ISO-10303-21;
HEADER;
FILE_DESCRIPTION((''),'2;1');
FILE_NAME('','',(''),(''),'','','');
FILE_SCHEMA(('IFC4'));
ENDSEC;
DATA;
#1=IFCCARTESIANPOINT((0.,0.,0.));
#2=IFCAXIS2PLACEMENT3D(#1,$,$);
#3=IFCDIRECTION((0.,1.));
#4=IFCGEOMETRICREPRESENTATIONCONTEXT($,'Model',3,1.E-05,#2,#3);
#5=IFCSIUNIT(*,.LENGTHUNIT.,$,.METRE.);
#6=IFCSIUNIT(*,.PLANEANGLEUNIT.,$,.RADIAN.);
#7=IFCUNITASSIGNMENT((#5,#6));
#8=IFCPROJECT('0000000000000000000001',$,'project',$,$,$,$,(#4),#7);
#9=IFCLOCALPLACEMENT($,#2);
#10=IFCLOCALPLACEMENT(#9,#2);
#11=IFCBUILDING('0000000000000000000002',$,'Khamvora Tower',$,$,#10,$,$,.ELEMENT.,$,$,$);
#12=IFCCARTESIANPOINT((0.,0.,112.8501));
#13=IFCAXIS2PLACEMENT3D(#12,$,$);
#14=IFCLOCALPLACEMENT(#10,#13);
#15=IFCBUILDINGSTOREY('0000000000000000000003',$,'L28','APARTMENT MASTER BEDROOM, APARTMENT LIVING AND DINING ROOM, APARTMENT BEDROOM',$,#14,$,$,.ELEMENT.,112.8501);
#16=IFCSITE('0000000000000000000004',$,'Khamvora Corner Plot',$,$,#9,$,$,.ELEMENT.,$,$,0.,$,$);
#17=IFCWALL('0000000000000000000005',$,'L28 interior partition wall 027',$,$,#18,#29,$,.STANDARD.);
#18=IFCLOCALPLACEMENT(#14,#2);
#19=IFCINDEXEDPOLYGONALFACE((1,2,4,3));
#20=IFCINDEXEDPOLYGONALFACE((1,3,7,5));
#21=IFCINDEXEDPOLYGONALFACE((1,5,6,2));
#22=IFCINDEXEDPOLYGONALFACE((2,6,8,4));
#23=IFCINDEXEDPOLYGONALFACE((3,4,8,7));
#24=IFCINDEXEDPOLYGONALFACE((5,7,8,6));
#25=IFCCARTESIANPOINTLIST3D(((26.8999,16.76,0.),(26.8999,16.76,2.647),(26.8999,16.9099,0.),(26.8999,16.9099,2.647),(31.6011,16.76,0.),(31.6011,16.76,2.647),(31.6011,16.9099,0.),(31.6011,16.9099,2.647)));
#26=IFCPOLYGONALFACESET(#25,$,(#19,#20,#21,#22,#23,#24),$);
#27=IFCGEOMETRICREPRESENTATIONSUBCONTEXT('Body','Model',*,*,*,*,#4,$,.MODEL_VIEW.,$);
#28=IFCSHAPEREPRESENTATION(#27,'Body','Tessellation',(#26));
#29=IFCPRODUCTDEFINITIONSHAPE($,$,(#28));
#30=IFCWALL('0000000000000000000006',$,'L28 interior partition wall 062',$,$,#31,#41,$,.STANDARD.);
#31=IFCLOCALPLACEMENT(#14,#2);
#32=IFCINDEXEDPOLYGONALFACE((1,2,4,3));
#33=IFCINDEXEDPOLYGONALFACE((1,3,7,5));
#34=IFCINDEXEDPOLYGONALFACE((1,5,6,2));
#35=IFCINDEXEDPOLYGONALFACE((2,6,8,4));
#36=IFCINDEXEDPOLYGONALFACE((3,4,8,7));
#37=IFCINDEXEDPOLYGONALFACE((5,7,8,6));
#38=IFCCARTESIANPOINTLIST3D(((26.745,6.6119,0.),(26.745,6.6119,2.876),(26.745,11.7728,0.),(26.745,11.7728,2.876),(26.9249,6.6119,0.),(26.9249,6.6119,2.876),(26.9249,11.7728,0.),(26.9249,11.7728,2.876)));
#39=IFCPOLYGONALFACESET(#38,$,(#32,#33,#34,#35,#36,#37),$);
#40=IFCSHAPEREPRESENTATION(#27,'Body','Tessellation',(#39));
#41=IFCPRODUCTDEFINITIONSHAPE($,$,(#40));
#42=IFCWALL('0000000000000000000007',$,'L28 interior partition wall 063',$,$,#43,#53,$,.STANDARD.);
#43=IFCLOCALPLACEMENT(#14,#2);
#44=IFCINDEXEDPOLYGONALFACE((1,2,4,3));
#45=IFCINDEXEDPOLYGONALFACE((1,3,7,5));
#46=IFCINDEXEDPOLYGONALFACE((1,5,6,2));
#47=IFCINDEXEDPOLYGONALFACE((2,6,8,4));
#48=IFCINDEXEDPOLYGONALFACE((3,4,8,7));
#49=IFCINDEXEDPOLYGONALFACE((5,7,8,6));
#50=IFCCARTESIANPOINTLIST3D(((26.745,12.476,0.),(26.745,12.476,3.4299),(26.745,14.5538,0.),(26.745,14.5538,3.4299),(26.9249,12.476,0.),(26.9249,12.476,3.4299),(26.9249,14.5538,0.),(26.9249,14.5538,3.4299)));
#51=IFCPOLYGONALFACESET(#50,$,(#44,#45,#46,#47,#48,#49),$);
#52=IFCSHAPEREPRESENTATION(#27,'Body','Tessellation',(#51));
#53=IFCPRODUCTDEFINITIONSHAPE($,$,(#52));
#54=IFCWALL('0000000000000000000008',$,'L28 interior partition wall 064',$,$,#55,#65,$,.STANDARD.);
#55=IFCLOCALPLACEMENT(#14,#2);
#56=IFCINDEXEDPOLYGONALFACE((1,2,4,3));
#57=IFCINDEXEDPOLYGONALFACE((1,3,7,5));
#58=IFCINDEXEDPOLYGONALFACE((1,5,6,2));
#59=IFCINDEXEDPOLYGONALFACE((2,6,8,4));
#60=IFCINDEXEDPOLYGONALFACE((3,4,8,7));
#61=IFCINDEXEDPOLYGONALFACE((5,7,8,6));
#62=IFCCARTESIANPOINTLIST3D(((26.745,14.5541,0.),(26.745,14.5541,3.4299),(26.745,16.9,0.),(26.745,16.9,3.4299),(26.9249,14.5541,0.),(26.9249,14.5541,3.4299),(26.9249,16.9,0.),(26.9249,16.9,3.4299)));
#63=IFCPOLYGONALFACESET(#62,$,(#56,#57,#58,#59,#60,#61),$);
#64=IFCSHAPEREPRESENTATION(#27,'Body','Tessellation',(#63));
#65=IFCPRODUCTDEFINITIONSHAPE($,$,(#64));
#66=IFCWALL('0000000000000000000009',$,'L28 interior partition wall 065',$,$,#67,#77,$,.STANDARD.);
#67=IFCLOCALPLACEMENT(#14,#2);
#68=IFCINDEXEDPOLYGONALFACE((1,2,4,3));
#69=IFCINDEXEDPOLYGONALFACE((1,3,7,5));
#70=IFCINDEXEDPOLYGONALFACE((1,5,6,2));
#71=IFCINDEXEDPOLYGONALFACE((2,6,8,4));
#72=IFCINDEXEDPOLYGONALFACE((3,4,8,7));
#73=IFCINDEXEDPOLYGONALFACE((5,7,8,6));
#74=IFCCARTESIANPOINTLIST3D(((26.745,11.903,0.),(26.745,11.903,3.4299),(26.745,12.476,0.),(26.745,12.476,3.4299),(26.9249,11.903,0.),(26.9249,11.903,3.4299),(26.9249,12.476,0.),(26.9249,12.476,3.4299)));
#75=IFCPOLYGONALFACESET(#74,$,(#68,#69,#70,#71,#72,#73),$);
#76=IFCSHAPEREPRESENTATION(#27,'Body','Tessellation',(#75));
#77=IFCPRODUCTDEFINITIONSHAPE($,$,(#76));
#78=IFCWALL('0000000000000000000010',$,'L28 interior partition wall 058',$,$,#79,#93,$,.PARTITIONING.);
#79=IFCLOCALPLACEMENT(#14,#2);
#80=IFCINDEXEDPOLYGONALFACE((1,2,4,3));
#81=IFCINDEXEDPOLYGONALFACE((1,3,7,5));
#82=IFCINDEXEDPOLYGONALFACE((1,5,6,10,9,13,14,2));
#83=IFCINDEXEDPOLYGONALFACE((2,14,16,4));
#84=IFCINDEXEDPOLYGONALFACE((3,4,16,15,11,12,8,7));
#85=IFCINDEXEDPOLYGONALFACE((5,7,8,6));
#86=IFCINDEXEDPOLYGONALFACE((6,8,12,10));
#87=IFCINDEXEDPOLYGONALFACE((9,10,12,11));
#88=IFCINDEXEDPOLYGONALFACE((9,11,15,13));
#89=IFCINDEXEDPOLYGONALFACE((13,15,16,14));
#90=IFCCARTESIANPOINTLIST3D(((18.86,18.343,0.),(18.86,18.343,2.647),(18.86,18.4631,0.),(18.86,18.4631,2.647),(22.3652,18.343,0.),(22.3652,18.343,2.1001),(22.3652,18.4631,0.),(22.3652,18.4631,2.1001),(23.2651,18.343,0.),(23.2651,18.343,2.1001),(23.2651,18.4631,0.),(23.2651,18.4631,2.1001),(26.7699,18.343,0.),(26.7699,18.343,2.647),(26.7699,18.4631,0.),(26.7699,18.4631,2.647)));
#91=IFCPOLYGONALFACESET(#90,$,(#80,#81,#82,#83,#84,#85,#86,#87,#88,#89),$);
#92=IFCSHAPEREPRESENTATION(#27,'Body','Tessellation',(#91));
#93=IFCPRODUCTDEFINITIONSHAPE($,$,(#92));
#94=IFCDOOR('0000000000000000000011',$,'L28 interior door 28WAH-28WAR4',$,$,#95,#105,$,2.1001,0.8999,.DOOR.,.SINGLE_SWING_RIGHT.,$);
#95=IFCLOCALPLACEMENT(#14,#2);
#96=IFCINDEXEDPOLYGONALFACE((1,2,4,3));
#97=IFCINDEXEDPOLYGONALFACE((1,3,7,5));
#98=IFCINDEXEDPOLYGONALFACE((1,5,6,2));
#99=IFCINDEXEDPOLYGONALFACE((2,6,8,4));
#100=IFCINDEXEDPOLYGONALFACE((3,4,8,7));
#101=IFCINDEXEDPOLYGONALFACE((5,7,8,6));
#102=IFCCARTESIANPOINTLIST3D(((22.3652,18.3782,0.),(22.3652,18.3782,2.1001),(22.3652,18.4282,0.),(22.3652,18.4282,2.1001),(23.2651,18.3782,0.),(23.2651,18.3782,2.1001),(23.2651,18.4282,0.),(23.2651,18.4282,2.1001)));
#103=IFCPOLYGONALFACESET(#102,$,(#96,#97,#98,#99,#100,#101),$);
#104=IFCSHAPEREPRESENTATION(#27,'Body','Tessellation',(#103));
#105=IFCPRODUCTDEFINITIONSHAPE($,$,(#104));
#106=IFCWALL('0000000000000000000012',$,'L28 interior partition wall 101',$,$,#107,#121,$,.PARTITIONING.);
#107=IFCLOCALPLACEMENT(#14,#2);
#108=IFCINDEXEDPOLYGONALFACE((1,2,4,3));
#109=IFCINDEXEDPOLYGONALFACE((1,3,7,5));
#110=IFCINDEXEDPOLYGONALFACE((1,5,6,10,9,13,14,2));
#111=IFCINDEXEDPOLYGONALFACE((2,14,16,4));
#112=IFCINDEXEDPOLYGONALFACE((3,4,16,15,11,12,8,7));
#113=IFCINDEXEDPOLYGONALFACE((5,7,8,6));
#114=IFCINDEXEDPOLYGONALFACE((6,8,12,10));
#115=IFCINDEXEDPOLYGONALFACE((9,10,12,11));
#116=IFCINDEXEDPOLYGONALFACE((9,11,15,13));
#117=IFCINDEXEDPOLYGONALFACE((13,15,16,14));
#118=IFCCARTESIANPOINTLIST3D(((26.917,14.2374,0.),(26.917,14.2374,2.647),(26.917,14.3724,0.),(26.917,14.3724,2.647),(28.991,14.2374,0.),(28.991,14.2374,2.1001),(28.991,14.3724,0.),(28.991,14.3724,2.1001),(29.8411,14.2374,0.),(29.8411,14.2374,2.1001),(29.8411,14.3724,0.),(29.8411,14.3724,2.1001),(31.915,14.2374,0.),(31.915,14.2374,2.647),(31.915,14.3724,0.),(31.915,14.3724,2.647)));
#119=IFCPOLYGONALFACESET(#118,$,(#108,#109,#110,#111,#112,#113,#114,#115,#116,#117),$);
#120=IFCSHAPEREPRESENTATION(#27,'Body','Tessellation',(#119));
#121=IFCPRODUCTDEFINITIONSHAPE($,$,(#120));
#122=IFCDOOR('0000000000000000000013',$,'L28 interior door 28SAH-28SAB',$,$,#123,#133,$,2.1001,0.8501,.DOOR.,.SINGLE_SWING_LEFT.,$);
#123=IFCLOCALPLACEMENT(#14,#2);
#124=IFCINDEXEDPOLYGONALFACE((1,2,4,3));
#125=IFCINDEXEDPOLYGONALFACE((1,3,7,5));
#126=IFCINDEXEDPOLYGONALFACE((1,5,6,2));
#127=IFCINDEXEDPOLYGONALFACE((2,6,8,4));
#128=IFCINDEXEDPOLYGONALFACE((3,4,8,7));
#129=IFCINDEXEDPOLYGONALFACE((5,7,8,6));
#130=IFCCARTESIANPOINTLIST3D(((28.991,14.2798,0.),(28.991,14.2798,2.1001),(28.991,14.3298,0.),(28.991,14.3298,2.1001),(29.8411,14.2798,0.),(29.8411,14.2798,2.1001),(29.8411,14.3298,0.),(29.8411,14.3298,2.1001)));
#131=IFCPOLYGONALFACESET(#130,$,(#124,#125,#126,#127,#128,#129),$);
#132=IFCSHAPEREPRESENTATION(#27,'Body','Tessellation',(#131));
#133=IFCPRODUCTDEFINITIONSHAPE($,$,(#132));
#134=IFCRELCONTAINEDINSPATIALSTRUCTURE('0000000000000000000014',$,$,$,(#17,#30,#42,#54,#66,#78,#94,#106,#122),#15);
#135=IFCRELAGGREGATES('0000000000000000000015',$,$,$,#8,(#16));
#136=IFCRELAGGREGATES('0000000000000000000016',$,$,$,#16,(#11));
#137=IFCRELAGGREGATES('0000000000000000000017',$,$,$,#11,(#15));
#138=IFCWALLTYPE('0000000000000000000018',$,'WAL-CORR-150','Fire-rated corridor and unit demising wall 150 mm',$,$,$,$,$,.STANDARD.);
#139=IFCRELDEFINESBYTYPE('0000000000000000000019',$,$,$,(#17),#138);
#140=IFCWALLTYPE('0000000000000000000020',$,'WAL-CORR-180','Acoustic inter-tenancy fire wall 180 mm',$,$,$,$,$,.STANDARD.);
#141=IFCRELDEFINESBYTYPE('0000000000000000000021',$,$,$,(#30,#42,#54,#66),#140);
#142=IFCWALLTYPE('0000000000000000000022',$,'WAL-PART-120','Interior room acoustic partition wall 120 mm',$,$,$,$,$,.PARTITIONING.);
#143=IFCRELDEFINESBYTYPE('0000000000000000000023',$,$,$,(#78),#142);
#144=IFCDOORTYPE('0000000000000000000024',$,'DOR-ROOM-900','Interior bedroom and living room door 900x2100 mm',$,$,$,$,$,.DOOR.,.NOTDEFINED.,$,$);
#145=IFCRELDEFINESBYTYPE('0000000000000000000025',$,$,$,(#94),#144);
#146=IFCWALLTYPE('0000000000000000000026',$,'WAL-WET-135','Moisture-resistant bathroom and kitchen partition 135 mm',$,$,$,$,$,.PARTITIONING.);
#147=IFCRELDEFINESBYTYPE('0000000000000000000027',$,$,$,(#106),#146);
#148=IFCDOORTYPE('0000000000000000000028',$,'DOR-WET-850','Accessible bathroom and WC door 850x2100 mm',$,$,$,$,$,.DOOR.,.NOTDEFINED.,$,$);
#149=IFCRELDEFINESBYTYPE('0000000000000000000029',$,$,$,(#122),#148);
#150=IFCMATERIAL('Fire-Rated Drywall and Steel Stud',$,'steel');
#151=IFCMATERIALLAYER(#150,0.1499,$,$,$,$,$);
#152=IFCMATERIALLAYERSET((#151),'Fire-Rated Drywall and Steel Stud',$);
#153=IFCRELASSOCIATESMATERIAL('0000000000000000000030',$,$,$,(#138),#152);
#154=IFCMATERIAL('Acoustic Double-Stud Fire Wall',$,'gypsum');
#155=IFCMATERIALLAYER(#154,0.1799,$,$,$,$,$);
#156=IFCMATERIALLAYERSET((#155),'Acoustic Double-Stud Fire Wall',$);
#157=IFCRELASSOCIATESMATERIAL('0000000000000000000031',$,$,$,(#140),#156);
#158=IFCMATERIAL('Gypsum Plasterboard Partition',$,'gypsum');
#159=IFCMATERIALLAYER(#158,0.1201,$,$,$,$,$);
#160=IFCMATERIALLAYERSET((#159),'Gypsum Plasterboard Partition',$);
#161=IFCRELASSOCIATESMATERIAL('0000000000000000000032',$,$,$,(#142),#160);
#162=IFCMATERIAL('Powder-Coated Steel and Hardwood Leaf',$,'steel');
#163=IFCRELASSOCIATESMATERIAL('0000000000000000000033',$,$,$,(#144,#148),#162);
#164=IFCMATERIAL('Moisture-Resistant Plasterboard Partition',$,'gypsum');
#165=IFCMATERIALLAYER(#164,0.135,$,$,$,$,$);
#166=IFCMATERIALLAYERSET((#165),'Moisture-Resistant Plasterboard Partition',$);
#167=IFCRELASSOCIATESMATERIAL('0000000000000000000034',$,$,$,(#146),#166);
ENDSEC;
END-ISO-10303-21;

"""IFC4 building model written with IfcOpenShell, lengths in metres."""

from ifc_helpers import new_model, si_unit, direction, frame, frame_2d, origin, place, context, subcontext, project, spatial, rectangle, extrude, material, layer, layer_set, type_object, element, fill, save


model = new_model("IFC4")

# Units and contexts
model_context = context("Model", 3, precision=1e-05, world=origin(), true_north=direction((0.0, 1.0)))
body_context = subcontext(model_context, "Body", "Model", "MODEL_VIEW")
ifc_project = project(units=[si_unit("LENGTHUNIT", "METRE"), si_unit("PLANEANGLEUNIT", "RADIAN")], contexts=[model_context])

# Site, building, storey
site_placement = place(None, origin())
site = spatial("IfcSite", under=ifc_project, at=site_placement, Name="Khamvora Corner Plot", CompositionType="ELEMENT", RefElevation=0.0)
building_placement = place(site_placement, origin())
building = spatial("IfcBuilding", under=site, at=building_placement, Name="Khamvora Tower", CompositionType="ELEMENT")
storey_placement = place(building_placement, frame((0.0, 0.0, 112.8501)))
storey = spatial("IfcBuildingStorey", under=building, at=storey_placement, Name="L28", Description="APARTMENT MASTER BEDROOM, APARTMENT LIVING AND DINING ROOM, APARTMENT BEDROOM", CompositionType="ELEMENT", Elevation=112.8501)

# Walls
ifc_material_1 = material(Name="Fire-Rated Drywall and Steel Stud", Category="steel")
ifc_layer_1 = layer(ifc_material_1, 0.1499)
ifc_layer_set_1 = layer_set([ifc_layer_1], Name="Fire-Rated Drywall and Steel Stud")
wall_type_1 = type_object("IfcWallType", Name="WAL-CORR-150", Description="Fire-rated corridor and unit demising wall 150 mm", PredefinedType="STANDARD", material=ifc_layer_set_1)
wall_1_placement = place(storey_placement, frame((31.6011, 16.835, 0.0), z_axis=(0.0, 0.0, 1.0), x_axis=(-1.0, 0.0, 0.0)))
element("IfcWall", 1, at=wall_1_placement, inside=storey, type_object=wall_type_1, Name="L28 interior partition wall 027", PredefinedType="STANDARD", context=body_context, shape_type="SweptSolid", body=[
    extrude(rectangle(XDim=4.7012, YDim=0.1499, at=frame_2d((2.3506, 0.0))), origin(), (0.0, 0.0, 1.0), 2.647),
])
ifc_material_2 = material(Name="Acoustic Double-Stud Fire Wall", Category="gypsum")
ifc_layer_2 = layer(ifc_material_2, 0.1799)
ifc_layer_set_2 = layer_set([ifc_layer_2], Name="Acoustic Double-Stud Fire Wall")
wall_type_2 = type_object("IfcWallType", Name="WAL-CORR-180", Description="Acoustic inter-tenancy fire wall 180 mm", PredefinedType="STANDARD", material=ifc_layer_set_2)
wall_2_placement = place(storey_placement, frame((26.835, 11.7729, 0.0), z_axis=(0.0, 0.0, 1.0), x_axis=(0.0, -1.0, 0.0)))
element("IfcWall", 2, at=wall_2_placement, inside=storey, type_object=wall_type_2, Name="L28 interior partition wall 062", PredefinedType="STANDARD", context=body_context, shape_type="SweptSolid", body=[
    extrude(rectangle(XDim=5.1609, YDim=0.1799, at=frame_2d((2.5806, 0.0))), origin(), (0.0, 0.0, 1.0), 2.876),
])
wall_3_placement = place(storey_placement, frame((26.835, 14.554, 0.0), z_axis=(0.0, 0.0, 1.0), x_axis=(0.0, -1.0, 0.0)))
element("IfcWall", 3, at=wall_3_placement, inside=storey, type_object=wall_type_2, Name="L28 interior partition wall 063", PredefinedType="STANDARD", context=body_context, shape_type="SweptSolid", body=[
    extrude(rectangle(XDim=2.0779, YDim=0.1799, at=frame_2d((1.0391, 0.0))), origin(), (0.0, 0.0, 1.0), 3.4299),
])
wall_4_placement = place(storey_placement, frame((26.835, 16.8999, 0.0), z_axis=(0.0, 0.0, 1.0), x_axis=(0.0, -1.0, 0.0)))
element("IfcWall", 4, at=wall_4_placement, inside=storey, type_object=wall_type_2, Name="L28 interior partition wall 064", PredefinedType="STANDARD", context=body_context, shape_type="SweptSolid", body=[
    extrude(rectangle(XDim=2.3459, YDim=0.1799, at=frame_2d((1.1729, 0.0))), origin(), (0.0, 0.0, 1.0), 3.4299),
])
wall_5_placement = place(storey_placement, frame((26.835, 12.4761, 0.0), z_axis=(0.0, 0.0, 1.0), x_axis=(0.0, -1.0, 0.0)))
element("IfcWall", 5, at=wall_5_placement, inside=storey, type_object=wall_type_2, Name="L28 interior partition wall 065", PredefinedType="STANDARD", context=body_context, shape_type="SweptSolid", body=[
    extrude(rectangle(XDim=0.573, YDim=0.1799, at=frame_2d((0.2866, 0.0))), origin(), (0.0, 0.0, 1.0), 3.4299),
])

# Walls, openings, doors
ifc_material_3 = material(Name="Gypsum Plasterboard Partition", Category="gypsum")
ifc_layer_3 = layer(ifc_material_3, 0.1201)
ifc_layer_set_3 = layer_set([ifc_layer_3], Name="Gypsum Plasterboard Partition")
wall_type_3 = type_object("IfcWallType", Name="WAL-PART-120", Description="Interior room acoustic partition wall 120 mm", PredefinedType="PARTITIONING", material=ifc_layer_set_3)
wall_6_placement = place(storey_placement, frame((26.77, 18.4031, 0.0), z_axis=(0.0, 0.0, 1.0), x_axis=(-1.0, 0.0, 0.0)))
wall_6 = element("IfcWall", 6, at=wall_6_placement, inside=storey, type_object=wall_type_3, Name="L28 interior partition wall 058", PredefinedType="PARTITIONING", context=body_context, shape_type="SweptSolid", body=[
    extrude(rectangle(XDim=7.9099, YDim=0.1201, at=frame_2d((3.9551, 0.0))), origin(), (0.0, 0.0, 1.0), 2.647),
])
opening_1_placement = place(wall_6_placement, frame((3.5049, 0.0, 0.0)))
opening_1 = element("IfcOpeningElement", 7, at=opening_1_placement, cuts=wall_6, PredefinedType="OPENING", context=body_context, shape_type="SweptSolid", body=[
    extrude(rectangle(XDim=0.8999, YDim=2.1001, at=frame_2d((0.45, 1.05))), frame((0.0, 0.0701, 0.0), z_axis=(0.0, -1.0, 0.0), x_axis=(1.0, 0.0, 0.0)), (0.0, 0.0, 1.0), 0.1401),
])
ifc_material_4 = material(Name="Powder-Coated Steel and Hardwood Leaf", Category="steel")
door_type_1 = type_object("IfcDoorType", Name="DOR-ROOM-900", Description="Interior bedroom and living room door 900x2100 mm", OperationType="NOTDEFINED", PredefinedType="DOOR", material=ifc_material_4)
door_1_placement = place(opening_1_placement, origin())
door_1 = element("IfcDoor", 8, at=door_1_placement, inside=storey, type_object=door_type_1, Name="L28 interior door 28WAH-28WAR4", OperationType="SINGLE_SWING_RIGHT", OverallHeight=2.1001, OverallWidth=0.8999, PredefinedType="DOOR", context=body_context, shape_type="SweptSolid", body=[
    extrude(rectangle(XDim=0.8999, YDim=2.1001, at=frame_2d((0.45, 1.05))), frame((0.0, 0.0249, 0.0), z_axis=(0.0, -1.0, 0.0), x_axis=(1.0, 0.0, 0.0)), (0.0, 0.0, 1.0), 0.05),
])
fill(opening_1, door_1)
ifc_material_5 = material(Name="Moisture-Resistant Plasterboard Partition", Category="gypsum")
ifc_layer_4 = layer(ifc_material_5, 0.135)
ifc_layer_set_4 = layer_set([ifc_layer_4], Name="Moisture-Resistant Plasterboard Partition")
wall_type_4 = type_object("IfcWallType", Name="WAL-WET-135", Description="Moisture-resistant bathroom and kitchen partition 135 mm", PredefinedType="PARTITIONING", material=ifc_layer_set_4)
wall_7_placement = place(storey_placement, frame((26.917, 14.3049, 0.0), z_axis=(0.0, 0.0, 1.0), x_axis=(1.0, 0.0, 0.0)))
wall_7 = element("IfcWall", 9, at=wall_7_placement, inside=storey, type_object=wall_type_4, Name="L28 interior partition wall 101", PredefinedType="PARTITIONING", context=body_context, shape_type="SweptSolid", body=[
    extrude(rectangle(XDim=4.998, YDim=0.135, at=frame_2d((2.499, 0.0))), origin(), (0.0, 0.0, 1.0), 2.647),
])
opening_2_placement = place(wall_7_placement, frame((2.074, 0.0, 0.0)))
opening_2 = element("IfcOpeningElement", 10, at=opening_2_placement, cuts=wall_7, PredefinedType="OPENING", context=body_context, shape_type="SweptSolid", body=[
    extrude(rectangle(XDim=0.8501, YDim=2.1001, at=frame_2d((0.425, 1.05))), frame((0.0, 0.0774, 0.0), z_axis=(0.0, -1.0, 0.0), x_axis=(1.0, 0.0, 0.0)), (0.0, 0.0, 1.0), 0.155),
])
door_type_2 = type_object("IfcDoorType", Name="DOR-WET-850", Description="Accessible bathroom and WC door 850x2100 mm", OperationType="NOTDEFINED", PredefinedType="DOOR", material=ifc_material_4)
door_2_placement = place(opening_2_placement, origin())
door_2 = element("IfcDoor", 11, at=door_2_placement, inside=storey, type_object=door_type_2, Name="L28 interior door 28SAH-28SAB", OperationType="SINGLE_SWING_LEFT", OverallHeight=2.1001, OverallWidth=0.8501, PredefinedType="DOOR", context=body_context, shape_type="SweptSolid", body=[
    extrude(rectangle(XDim=0.8501, YDim=2.1001, at=frame_2d((0.425, 1.05))), frame((0.0, 0.0249, 0.0), z_axis=(0.0, -1.0, 0.0), x_axis=(1.0, 0.0, 0.0)), (0.0, 0.0, 1.0), 0.05),
])
fill(opening_2, door_2)

save(model, "model.ifc")
